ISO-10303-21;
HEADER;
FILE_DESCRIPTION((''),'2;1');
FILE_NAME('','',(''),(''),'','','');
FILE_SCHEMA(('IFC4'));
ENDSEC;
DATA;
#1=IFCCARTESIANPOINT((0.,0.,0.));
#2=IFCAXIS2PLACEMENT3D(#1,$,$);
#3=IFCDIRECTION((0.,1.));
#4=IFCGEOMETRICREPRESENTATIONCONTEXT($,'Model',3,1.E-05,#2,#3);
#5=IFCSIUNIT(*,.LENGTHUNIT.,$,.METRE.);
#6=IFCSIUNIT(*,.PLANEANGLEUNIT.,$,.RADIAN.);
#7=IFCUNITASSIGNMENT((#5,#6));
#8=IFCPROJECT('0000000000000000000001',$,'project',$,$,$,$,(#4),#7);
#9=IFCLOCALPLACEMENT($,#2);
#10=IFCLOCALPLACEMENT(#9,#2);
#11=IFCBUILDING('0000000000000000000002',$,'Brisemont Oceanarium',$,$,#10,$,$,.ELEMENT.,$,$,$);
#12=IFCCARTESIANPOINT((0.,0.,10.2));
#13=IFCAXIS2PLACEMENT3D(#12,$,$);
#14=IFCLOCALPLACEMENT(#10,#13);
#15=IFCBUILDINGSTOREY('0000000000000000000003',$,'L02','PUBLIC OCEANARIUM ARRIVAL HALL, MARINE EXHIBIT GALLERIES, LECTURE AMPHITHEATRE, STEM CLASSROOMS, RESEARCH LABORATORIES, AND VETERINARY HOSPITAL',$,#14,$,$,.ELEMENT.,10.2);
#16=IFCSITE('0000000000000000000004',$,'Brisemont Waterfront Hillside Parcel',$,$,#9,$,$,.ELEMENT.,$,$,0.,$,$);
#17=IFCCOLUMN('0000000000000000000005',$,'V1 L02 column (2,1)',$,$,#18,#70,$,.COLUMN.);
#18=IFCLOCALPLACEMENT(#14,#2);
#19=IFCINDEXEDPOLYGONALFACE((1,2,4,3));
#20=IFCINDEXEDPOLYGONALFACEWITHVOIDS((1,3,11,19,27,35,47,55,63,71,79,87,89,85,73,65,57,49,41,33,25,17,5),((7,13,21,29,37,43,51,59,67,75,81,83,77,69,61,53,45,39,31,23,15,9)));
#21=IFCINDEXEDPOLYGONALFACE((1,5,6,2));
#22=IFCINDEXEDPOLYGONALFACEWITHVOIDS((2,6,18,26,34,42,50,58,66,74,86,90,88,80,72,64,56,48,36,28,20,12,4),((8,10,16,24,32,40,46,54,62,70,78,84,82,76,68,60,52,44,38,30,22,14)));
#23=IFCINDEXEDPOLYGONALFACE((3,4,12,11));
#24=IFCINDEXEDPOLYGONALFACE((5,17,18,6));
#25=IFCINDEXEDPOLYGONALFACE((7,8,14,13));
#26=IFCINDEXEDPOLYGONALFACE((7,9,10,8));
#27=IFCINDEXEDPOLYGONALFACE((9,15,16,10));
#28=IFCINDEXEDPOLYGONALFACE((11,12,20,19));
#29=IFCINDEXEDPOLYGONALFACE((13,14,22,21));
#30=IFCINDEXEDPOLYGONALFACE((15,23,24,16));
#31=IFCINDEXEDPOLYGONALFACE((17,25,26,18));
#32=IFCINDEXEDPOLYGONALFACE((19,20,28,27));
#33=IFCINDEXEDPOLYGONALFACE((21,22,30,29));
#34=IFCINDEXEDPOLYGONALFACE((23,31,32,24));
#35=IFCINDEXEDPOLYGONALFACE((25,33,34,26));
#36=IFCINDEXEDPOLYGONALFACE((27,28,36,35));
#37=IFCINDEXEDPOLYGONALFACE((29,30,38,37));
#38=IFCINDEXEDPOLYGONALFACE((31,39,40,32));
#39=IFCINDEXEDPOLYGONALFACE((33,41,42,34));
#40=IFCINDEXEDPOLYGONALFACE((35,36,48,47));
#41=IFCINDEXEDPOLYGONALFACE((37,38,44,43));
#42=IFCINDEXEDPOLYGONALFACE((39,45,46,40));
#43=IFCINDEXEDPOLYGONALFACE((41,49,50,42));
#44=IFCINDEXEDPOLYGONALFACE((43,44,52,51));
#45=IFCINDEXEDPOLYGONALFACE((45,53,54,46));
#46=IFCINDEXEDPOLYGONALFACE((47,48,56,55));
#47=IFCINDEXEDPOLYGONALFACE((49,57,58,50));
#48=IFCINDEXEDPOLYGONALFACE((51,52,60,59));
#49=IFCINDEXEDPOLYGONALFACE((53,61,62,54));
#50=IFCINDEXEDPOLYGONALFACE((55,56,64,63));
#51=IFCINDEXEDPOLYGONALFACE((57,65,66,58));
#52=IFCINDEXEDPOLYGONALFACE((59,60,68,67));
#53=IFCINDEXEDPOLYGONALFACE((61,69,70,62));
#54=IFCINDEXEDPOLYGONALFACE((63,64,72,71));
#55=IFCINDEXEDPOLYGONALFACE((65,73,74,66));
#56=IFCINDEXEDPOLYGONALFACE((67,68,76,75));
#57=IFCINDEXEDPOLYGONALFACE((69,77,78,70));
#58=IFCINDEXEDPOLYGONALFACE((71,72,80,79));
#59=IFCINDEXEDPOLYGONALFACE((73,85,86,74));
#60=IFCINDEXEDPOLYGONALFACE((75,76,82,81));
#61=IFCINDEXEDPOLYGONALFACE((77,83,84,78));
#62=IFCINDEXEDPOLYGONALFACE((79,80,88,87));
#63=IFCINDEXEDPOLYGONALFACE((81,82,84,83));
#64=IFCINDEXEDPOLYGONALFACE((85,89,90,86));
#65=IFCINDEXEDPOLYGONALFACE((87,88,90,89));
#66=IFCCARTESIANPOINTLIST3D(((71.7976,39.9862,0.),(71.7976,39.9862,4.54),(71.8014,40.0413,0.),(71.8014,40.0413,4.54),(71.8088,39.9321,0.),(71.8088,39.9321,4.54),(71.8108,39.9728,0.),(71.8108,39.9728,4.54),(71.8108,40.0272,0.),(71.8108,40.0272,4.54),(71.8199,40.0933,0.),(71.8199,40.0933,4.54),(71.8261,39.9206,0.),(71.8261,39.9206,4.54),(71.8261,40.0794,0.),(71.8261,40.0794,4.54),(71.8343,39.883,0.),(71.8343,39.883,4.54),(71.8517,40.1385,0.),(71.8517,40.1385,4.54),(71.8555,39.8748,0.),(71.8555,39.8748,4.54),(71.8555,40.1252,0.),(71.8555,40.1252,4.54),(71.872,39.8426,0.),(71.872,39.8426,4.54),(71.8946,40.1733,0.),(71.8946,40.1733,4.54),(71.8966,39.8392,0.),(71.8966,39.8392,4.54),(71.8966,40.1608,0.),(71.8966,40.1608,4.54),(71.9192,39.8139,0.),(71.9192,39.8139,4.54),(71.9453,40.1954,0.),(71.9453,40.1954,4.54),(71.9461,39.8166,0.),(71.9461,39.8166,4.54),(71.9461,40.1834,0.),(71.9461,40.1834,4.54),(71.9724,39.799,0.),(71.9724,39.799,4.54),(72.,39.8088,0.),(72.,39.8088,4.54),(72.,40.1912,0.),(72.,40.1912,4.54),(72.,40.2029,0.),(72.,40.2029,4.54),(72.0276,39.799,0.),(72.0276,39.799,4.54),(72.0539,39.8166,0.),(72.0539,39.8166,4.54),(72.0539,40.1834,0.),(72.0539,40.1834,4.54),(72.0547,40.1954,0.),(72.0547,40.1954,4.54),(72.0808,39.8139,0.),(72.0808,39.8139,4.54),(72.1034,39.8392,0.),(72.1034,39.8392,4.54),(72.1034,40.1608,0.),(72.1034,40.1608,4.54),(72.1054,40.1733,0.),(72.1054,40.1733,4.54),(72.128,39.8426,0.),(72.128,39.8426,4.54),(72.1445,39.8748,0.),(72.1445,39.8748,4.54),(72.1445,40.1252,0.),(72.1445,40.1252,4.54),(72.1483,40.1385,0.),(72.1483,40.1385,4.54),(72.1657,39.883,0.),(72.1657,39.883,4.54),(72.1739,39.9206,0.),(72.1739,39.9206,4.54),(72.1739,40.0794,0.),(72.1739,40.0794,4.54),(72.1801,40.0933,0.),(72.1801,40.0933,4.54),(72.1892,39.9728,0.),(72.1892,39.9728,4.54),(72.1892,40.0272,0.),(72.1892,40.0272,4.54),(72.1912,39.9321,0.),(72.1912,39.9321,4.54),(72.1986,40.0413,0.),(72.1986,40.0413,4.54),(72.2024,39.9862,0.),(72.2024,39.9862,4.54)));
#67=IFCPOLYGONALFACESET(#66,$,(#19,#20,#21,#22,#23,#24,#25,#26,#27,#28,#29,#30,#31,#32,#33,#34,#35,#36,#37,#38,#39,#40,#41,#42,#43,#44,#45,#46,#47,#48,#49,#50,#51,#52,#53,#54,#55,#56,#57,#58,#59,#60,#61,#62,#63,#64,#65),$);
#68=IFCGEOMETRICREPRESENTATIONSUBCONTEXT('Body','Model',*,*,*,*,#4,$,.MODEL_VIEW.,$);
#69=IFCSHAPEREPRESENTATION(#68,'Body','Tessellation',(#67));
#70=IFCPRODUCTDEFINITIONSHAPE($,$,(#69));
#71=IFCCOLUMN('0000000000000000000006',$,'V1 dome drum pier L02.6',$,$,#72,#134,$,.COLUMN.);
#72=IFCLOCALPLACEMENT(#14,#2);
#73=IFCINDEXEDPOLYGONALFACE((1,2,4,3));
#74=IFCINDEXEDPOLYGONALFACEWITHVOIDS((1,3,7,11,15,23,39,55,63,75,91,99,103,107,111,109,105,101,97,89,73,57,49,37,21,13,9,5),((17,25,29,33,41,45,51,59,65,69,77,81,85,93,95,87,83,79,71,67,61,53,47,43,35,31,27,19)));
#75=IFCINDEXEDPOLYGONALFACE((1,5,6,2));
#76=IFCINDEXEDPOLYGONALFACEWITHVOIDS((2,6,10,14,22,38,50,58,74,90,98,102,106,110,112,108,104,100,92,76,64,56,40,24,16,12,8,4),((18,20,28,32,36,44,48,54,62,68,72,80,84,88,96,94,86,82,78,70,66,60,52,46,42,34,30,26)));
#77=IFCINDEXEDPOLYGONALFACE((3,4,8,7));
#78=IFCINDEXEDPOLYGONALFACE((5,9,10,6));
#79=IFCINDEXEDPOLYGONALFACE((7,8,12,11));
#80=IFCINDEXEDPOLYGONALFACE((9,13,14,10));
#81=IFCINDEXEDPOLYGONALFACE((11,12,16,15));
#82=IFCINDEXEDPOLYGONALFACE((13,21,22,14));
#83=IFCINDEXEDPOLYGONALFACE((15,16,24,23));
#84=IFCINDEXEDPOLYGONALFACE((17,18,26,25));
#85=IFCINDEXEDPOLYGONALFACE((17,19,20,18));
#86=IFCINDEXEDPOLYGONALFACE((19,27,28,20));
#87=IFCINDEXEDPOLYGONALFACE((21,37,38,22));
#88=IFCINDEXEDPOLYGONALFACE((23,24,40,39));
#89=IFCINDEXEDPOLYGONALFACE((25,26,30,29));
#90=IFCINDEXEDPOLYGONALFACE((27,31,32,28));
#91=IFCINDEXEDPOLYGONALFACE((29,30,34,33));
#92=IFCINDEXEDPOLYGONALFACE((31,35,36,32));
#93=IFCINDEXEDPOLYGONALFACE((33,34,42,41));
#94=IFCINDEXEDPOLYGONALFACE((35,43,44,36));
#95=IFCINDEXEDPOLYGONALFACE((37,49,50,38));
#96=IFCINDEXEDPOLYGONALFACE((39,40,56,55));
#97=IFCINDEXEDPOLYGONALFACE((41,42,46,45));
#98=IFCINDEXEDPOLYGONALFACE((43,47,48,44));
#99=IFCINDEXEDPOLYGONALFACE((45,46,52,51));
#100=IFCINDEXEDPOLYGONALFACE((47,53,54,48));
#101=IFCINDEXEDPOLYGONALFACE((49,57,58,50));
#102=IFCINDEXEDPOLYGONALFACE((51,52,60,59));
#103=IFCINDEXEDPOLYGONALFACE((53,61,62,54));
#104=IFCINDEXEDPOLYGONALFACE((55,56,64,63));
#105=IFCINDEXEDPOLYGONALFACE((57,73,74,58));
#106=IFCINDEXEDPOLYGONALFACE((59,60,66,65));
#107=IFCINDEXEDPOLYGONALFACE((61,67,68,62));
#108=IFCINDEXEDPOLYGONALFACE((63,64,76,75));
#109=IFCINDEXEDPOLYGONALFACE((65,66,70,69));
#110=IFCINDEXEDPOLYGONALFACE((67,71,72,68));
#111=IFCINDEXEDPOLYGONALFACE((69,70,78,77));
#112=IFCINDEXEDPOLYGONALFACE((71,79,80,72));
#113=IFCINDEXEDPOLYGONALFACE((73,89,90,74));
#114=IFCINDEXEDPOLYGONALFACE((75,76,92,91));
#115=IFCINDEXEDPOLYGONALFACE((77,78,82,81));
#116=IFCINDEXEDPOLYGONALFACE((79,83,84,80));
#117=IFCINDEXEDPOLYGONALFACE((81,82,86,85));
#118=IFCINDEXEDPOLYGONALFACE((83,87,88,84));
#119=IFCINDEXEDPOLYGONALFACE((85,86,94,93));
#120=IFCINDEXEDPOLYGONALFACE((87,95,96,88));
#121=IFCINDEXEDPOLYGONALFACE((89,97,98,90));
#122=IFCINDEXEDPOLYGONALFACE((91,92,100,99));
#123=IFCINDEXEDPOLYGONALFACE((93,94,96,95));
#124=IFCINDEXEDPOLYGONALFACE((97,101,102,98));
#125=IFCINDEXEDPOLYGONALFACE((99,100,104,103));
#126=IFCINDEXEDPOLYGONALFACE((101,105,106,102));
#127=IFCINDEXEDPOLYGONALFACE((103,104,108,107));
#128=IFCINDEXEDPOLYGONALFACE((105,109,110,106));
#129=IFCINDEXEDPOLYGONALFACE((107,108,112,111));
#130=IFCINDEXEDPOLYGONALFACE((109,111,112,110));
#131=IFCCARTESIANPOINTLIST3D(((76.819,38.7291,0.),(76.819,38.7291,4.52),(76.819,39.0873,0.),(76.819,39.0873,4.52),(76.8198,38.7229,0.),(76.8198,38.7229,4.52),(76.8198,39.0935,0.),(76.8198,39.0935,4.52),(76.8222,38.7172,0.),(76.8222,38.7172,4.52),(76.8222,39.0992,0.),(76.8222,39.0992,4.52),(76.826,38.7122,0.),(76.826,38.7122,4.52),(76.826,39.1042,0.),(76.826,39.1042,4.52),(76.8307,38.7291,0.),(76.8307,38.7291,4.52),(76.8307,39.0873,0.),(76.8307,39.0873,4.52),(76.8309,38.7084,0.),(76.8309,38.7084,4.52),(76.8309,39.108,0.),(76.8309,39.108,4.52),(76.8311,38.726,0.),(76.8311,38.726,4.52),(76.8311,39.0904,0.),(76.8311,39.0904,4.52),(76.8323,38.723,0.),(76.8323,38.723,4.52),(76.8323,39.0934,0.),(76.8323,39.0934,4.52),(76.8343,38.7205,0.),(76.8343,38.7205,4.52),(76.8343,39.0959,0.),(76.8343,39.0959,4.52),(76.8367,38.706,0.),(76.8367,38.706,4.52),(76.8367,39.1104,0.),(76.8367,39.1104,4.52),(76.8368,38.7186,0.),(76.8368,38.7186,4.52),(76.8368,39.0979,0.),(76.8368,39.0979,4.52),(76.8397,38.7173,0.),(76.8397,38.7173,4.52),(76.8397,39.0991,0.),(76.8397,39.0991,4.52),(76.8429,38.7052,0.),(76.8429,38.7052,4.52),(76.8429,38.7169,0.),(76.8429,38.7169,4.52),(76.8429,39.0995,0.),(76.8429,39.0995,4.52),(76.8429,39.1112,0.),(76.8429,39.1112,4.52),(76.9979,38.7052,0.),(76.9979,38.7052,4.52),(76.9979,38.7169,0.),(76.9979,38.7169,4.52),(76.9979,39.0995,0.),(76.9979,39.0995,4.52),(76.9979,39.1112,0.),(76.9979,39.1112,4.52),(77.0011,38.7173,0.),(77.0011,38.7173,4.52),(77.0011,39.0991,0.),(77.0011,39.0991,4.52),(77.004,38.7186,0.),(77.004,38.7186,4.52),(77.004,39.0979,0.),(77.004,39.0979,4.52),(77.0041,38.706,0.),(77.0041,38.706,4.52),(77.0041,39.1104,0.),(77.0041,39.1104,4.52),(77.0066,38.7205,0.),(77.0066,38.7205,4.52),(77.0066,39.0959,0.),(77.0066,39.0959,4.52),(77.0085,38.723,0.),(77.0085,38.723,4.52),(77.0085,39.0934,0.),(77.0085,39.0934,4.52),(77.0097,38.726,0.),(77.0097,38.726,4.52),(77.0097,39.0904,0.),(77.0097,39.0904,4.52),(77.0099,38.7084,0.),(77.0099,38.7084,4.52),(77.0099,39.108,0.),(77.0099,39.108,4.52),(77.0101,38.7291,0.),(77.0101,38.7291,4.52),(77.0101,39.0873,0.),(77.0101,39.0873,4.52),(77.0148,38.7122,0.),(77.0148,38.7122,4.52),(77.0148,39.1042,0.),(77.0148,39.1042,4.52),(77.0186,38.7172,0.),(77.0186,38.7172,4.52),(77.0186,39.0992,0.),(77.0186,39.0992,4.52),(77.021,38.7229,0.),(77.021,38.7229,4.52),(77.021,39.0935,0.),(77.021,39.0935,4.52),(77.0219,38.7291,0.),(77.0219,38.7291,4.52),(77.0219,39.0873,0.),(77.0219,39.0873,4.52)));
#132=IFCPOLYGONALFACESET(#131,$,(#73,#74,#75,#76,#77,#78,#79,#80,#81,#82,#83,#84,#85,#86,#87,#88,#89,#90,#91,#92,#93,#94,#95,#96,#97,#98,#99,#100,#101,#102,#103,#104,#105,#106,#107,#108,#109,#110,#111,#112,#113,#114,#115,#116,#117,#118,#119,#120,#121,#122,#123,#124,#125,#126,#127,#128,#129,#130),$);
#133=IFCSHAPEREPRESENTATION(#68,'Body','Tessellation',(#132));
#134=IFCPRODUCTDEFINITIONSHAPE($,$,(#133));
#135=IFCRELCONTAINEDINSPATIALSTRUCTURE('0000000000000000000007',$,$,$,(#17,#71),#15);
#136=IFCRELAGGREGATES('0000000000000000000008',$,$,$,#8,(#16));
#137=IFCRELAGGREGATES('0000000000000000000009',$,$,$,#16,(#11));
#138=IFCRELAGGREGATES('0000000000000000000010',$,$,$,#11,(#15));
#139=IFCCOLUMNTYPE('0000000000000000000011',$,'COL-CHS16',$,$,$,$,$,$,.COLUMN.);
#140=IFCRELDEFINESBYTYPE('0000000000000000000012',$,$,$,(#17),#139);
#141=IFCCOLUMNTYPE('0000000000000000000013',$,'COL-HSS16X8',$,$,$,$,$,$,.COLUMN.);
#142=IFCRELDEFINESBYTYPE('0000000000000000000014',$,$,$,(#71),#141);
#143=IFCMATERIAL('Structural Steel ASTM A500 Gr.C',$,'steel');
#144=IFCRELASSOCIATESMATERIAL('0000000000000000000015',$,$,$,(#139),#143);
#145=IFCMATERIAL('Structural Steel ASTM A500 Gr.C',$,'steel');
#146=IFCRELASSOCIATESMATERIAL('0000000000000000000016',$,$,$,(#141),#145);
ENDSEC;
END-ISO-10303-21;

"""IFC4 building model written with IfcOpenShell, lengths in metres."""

from ifc_helpers import new_model, si_unit, direction, frame, origin, origin_2d, place, context, subcontext, project, spatial, hollow_rectangle, hollow_circle, extrude, material, material_profile, profile_set, type_object, element, save


model = new_model("IFC4")

# Units and contexts
model_context = context("Model", 3, precision=1e-05, world=origin(), true_north=direction((0.0, 1.0)))
body_context = subcontext(model_context, "Body", "Model", "MODEL_VIEW")
ifc_project = project(units=[si_unit("LENGTHUNIT", "METRE"), si_unit("PLANEANGLEUNIT", "RADIAN")], contexts=[model_context])

# Site, building, storey
site_placement = place(None, origin())
site = spatial("IfcSite", under=ifc_project, at=site_placement, Name="Brisemont Waterfront Hillside Parcel", CompositionType="ELEMENT", RefElevation=0.0)
building_placement = place(site_placement, origin())
building = spatial("IfcBuilding", under=site, at=building_placement, Name="Brisemont Oceanarium", CompositionType="ELEMENT")
storey_placement = place(building_placement, frame((0.0, 0.0, 10.2)))
storey = spatial("IfcBuildingStorey", under=building, at=storey_placement, Name="L02", Description="PUBLIC OCEANARIUM ARRIVAL HALL, MARINE EXHIBIT GALLERIES, LECTURE AMPHITHEATRE, STEM CLASSROOMS, RESEARCH LABORATORIES, AND VETERINARY HOSPITAL", CompositionType="ELEMENT", Elevation=10.2)

# Columns
ifc_material_1 = material(Name="Structural Steel ASTM A500 Gr.C", Category="steel")
ifc_material_profile_1 = material_profile(ifc_material_1, hollow_circle(Radius=0.2029, WallThickness=0.0117, at=origin_2d()), Name="HSS16.000X0.500")
ifc_profile_set_1 = profile_set([ifc_material_profile_1], Name="Structural Steel ASTM A500 Gr.C")
column_type_1 = type_object("IfcColumnType", Name="COL-CHS16", PredefinedType="COLUMN", material=ifc_profile_set_1)
column_1_placement = place(storey_placement, frame((72.0, 40.0, 0.0), z_axis=(0.0, 0.0, 1.0), x_axis=(0.0, 1.0, 0.0)))
element("IfcColumn", 1, at=column_1_placement, inside=storey, type_object=column_type_1, Name="V1 L02 column (2,1)", PredefinedType="COLUMN", context=body_context, shape_type="SweptSolid", body=[
    extrude(hollow_circle(Radius=0.2029, WallThickness=0.0117, at=origin_2d()), origin(), (0.0, 0.0, 1.0), 4.54),
])
ifc_material_2 = material(Name="Structural Steel ASTM A500 Gr.C", Category="steel")
ifc_material_profile_2 = material_profile(ifc_material_2, hollow_rectangle(XDim=0.2029, YDim=0.406, WallThickness=0.0117, InnerFilletRadius=0.0122, OuterFilletRadius=0.0239, at=origin_2d()), Name="HSS16X8X1/2")
ifc_profile_set_2 = profile_set([ifc_material_profile_2], Name="Structural Steel ASTM A500 Gr.C")
column_type_2 = type_object("IfcColumnType", Name="COL-HSS16X8", PredefinedType="COLUMN", material=ifc_profile_set_2)
column_2_placement = place(storey_placement, frame((76.9204, 38.9082, 0.0), z_axis=(0.0, 0.0, 1.0), x_axis=(1.0, 0.0, 0.0)))
element("IfcColumn", 2, at=column_2_placement, inside=storey, type_object=column_type_2, Name="V1 dome drum pier L02.6", PredefinedType="COLUMN", context=body_context, shape_type="SweptSolid", body=[
    extrude(hollow_rectangle(XDim=0.2029, YDim=0.406, WallThickness=0.0117, InnerFilletRadius=0.0122, OuterFilletRadius=0.0239, at=origin_2d()), origin(), (0.0, 0.0, 1.0), 4.52),
])

save(model, "model.ifc")
